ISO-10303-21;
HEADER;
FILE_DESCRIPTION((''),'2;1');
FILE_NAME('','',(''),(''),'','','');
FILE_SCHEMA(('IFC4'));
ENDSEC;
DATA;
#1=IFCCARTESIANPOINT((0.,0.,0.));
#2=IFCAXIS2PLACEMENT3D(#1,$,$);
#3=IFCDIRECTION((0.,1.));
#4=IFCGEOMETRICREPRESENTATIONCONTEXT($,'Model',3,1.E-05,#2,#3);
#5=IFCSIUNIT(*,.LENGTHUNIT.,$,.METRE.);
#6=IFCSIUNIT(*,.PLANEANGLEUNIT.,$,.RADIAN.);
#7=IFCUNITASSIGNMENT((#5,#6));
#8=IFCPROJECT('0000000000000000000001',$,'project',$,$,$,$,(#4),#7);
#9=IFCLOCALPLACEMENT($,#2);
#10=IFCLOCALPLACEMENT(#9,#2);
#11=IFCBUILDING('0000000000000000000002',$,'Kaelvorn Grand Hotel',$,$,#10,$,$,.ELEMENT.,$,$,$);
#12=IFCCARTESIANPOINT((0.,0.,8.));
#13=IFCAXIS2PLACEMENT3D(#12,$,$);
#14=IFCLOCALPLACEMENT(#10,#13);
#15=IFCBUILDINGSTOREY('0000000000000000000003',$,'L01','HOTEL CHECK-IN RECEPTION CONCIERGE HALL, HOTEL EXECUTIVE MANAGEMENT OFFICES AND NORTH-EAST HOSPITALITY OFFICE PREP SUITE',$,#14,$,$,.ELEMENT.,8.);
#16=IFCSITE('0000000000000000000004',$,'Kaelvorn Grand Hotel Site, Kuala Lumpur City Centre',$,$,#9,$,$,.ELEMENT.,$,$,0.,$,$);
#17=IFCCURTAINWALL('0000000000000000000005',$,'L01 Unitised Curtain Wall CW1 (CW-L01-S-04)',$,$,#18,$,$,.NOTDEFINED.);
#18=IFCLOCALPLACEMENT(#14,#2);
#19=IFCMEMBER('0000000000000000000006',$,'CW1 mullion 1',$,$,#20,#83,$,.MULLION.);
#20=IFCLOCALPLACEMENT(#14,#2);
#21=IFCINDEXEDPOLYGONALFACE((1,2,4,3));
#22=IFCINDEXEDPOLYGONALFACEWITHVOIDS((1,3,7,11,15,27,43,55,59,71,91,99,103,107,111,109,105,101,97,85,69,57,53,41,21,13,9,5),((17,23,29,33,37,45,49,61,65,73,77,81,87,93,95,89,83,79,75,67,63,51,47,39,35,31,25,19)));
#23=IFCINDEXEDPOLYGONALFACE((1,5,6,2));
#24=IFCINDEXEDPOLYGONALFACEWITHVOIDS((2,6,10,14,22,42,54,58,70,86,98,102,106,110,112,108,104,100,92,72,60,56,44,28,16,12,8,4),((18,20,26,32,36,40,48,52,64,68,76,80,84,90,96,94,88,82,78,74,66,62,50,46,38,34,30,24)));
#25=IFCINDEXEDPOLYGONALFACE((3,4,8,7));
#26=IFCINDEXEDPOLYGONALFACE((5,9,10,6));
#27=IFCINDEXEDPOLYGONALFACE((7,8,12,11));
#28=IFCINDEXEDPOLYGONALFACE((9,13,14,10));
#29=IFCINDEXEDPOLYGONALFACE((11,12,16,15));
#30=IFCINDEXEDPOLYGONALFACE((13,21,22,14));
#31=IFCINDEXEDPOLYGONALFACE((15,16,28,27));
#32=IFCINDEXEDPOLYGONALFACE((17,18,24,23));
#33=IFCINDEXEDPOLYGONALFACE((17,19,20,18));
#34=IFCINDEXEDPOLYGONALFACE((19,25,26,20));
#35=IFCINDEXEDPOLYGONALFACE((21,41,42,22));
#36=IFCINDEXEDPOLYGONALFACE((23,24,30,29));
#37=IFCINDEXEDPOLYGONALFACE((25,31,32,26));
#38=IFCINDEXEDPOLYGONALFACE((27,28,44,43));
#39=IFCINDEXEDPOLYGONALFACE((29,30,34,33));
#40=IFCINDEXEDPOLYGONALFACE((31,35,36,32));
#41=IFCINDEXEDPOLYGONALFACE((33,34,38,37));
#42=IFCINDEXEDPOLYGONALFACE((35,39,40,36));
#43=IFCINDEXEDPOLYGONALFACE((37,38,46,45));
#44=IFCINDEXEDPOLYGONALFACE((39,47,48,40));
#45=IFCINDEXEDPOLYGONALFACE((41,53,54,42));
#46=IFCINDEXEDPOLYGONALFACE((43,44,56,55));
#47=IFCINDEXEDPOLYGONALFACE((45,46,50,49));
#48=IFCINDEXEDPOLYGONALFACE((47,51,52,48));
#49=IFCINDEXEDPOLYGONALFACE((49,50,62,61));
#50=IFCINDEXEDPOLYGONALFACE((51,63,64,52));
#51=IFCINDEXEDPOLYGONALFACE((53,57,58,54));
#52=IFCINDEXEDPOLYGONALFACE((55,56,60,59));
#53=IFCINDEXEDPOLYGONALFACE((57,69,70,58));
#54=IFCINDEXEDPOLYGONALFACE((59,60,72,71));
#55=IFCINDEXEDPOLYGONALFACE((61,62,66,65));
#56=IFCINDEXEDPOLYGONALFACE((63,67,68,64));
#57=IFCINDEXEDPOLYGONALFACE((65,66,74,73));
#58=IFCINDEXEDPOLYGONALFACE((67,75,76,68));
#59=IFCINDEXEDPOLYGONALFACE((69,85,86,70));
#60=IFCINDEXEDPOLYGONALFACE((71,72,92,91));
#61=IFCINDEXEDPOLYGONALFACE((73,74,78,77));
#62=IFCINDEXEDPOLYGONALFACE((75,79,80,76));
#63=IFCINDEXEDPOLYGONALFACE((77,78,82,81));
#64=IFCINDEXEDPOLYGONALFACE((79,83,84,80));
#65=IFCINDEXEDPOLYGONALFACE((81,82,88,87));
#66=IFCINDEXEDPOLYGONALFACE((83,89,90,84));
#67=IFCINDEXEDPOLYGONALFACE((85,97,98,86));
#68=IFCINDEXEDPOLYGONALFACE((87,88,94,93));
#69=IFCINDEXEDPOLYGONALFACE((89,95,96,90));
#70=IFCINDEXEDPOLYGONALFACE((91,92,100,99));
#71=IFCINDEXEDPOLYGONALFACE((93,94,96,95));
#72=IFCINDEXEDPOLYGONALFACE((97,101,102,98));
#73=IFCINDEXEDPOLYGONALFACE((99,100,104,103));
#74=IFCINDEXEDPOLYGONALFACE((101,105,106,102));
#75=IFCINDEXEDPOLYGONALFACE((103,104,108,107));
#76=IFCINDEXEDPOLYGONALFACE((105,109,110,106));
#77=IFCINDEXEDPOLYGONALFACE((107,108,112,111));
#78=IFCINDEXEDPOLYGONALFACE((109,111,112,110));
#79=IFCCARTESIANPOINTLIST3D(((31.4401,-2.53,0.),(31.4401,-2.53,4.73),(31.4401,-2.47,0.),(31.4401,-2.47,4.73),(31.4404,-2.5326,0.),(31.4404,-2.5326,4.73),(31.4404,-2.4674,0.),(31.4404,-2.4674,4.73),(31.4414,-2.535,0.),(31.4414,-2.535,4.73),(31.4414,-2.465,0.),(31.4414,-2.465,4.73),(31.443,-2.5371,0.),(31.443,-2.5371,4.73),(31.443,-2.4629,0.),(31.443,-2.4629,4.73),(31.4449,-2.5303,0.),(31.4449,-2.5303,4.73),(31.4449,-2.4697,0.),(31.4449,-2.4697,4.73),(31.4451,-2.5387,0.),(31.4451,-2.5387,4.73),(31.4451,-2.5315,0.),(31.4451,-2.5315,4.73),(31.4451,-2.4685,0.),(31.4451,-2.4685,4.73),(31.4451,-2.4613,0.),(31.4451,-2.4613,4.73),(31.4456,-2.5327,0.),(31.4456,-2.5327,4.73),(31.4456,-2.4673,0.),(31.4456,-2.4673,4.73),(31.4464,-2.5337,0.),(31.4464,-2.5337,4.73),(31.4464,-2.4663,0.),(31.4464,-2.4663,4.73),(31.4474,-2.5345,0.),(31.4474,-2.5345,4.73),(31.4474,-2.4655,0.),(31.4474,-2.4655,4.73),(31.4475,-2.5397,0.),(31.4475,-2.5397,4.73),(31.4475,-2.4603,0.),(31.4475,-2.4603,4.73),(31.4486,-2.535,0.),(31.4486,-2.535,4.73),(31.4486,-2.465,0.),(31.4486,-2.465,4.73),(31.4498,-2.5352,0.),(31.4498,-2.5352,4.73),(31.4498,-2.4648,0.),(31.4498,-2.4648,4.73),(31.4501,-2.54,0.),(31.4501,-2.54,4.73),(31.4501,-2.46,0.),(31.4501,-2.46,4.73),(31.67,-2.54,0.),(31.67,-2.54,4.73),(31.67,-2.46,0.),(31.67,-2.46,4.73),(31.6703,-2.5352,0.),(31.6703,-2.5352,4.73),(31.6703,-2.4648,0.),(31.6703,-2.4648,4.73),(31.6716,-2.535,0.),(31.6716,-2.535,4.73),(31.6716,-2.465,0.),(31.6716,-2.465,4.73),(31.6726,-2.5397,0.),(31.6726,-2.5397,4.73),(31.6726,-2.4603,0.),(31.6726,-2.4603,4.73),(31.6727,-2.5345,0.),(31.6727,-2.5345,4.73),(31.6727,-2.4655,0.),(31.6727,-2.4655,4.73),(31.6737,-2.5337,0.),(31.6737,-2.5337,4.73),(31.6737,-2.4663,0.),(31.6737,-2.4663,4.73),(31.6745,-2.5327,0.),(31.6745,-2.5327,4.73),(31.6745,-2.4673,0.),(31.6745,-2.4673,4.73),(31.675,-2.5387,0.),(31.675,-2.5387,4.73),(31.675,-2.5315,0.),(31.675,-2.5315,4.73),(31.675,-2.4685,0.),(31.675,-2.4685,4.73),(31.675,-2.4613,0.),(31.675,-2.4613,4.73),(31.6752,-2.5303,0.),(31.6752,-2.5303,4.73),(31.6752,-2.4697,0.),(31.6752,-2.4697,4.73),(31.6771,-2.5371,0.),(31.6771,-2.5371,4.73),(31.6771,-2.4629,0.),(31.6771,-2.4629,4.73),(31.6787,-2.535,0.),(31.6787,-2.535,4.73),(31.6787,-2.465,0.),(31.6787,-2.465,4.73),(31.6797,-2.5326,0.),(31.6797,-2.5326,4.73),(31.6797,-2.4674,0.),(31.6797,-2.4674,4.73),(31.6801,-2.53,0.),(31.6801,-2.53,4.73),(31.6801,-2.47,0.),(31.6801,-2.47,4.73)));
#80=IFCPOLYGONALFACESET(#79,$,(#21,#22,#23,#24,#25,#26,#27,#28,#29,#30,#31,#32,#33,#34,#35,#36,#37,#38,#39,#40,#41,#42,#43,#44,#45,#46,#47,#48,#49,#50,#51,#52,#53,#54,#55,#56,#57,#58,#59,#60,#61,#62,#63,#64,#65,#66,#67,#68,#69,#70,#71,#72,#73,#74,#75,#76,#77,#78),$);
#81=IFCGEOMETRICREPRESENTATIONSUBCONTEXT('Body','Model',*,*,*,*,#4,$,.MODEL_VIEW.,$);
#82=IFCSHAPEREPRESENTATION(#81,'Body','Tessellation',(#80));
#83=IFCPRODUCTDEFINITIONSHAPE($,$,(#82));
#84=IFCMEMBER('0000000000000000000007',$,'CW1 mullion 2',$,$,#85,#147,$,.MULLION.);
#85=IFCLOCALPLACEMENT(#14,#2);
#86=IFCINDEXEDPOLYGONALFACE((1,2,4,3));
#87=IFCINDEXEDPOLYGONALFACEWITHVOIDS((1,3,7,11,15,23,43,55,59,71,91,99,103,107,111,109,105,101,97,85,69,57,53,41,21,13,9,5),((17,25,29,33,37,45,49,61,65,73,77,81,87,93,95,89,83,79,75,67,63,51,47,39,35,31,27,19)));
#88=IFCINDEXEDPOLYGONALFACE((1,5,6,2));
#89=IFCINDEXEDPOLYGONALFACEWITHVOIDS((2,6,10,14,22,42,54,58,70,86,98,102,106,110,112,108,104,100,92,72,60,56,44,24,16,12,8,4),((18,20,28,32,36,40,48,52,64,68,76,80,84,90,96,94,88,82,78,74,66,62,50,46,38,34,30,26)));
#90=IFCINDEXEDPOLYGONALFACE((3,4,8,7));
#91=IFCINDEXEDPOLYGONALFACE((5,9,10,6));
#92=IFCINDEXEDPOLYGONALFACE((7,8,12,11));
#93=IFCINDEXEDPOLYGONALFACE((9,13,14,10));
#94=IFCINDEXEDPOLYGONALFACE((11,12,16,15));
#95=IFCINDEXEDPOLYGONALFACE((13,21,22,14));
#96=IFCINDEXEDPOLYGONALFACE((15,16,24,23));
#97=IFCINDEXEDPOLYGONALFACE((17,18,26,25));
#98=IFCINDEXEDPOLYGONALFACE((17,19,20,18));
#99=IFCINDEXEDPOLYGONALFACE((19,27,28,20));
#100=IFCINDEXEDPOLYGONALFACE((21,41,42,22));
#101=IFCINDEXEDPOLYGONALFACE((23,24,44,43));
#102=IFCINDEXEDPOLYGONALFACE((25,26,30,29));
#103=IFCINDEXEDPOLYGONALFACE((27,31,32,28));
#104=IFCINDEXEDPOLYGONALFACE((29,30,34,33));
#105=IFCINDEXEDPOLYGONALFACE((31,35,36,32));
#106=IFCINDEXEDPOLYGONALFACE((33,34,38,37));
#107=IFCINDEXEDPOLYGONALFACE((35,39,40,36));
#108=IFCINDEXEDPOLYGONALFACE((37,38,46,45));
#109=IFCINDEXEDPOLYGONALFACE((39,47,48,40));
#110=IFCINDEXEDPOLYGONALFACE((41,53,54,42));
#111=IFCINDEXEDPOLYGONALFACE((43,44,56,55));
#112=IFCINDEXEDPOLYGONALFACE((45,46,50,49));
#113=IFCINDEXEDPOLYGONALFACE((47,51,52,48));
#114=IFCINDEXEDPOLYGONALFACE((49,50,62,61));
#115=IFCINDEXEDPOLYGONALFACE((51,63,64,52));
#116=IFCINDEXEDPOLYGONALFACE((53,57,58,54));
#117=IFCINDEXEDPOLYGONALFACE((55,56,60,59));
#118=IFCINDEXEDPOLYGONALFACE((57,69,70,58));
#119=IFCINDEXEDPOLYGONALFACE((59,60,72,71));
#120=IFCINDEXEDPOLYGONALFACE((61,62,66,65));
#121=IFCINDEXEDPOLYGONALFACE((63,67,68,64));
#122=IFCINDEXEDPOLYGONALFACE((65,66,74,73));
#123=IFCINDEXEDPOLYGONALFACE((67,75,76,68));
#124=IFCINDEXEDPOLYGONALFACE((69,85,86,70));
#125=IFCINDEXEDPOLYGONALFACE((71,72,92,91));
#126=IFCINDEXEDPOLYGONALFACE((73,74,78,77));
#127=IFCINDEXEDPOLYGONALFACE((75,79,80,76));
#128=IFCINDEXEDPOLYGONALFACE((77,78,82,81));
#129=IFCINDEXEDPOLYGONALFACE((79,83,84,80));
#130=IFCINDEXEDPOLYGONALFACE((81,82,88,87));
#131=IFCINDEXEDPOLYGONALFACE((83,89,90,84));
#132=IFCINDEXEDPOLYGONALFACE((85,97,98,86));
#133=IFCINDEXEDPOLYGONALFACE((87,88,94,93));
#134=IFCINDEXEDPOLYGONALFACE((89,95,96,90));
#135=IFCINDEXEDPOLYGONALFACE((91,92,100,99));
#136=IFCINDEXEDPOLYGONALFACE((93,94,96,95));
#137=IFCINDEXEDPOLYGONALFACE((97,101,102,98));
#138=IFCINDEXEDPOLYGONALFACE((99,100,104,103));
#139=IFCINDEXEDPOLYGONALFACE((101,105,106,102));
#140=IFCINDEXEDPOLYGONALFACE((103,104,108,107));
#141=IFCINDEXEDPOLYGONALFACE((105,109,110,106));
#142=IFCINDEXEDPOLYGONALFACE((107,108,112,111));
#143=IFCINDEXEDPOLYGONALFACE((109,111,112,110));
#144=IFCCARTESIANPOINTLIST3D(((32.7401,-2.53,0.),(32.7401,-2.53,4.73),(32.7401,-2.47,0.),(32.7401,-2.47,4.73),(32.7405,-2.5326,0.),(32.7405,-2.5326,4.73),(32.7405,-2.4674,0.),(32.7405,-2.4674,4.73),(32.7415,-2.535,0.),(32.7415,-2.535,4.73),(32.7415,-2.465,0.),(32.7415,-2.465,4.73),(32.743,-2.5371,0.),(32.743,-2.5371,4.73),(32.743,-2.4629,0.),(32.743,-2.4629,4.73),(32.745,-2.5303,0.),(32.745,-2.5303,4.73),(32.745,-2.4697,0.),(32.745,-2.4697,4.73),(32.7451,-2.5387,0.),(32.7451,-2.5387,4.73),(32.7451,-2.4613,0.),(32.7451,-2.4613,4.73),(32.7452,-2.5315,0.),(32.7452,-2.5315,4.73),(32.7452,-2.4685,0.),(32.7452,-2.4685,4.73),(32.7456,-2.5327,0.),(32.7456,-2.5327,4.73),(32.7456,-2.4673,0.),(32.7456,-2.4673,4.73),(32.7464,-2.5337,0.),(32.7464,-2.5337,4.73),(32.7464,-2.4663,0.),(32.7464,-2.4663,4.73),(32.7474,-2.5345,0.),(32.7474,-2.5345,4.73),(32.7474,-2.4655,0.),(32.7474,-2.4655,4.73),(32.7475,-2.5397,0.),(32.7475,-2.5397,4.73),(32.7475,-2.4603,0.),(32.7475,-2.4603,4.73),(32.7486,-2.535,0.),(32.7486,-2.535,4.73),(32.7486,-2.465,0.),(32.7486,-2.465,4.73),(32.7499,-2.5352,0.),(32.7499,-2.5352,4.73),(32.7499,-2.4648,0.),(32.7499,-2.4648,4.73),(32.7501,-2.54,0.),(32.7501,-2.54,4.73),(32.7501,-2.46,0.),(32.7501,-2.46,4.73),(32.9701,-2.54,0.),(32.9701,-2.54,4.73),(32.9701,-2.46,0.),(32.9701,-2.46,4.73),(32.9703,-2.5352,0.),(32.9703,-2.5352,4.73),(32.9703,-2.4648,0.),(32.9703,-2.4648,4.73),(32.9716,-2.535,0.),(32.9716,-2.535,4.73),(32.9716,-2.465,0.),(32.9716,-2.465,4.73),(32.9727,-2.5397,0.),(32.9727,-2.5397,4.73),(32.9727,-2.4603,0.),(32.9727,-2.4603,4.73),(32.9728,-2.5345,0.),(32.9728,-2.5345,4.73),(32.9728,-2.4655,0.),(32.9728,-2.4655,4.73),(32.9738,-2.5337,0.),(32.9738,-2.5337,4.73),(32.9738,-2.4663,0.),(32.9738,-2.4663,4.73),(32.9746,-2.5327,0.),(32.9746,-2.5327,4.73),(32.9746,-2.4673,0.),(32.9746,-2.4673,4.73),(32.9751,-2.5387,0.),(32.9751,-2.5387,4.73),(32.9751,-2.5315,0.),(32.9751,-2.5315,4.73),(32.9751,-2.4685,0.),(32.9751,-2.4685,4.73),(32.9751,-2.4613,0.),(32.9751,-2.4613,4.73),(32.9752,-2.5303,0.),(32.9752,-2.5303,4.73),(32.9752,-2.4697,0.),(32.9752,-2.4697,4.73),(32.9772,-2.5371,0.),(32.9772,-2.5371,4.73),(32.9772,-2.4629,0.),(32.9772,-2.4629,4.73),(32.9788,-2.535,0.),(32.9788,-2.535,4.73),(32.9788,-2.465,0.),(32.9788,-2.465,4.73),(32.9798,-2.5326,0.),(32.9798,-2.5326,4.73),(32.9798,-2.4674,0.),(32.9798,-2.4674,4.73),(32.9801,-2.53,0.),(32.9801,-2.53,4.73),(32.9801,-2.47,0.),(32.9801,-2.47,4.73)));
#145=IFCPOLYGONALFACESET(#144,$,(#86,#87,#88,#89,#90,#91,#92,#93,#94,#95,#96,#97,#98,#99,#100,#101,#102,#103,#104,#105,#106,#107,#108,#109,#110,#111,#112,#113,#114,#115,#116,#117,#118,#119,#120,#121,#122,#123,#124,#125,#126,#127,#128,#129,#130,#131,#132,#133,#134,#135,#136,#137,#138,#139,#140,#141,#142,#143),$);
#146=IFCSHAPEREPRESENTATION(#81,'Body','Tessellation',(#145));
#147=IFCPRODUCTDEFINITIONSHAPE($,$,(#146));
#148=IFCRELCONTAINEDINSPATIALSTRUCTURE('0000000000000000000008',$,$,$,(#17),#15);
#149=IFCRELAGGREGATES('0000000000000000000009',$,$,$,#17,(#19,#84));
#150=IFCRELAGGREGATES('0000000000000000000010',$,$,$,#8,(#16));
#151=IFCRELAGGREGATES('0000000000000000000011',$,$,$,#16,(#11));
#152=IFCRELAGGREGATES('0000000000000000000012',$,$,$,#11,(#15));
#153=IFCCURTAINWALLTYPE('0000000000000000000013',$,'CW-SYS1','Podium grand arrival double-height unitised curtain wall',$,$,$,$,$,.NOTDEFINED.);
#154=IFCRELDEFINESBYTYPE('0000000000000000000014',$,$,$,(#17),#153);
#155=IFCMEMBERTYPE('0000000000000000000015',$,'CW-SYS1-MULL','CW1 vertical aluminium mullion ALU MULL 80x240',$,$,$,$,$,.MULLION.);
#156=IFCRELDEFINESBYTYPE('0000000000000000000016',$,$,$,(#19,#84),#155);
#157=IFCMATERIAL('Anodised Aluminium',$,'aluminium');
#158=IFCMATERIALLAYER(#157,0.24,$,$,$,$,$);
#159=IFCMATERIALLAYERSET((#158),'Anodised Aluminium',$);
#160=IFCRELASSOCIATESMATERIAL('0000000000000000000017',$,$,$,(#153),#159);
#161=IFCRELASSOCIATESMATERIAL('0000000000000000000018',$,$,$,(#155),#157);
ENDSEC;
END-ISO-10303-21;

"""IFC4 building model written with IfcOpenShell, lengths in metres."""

from ifc_helpers import new_model, si_unit, direction, frame, origin, origin_2d, place, context, subcontext, project, spatial, hollow_rectangle, extrude, material, layer, layer_set, material_profile, profile_set, type_object, element, aggregate, save


model = new_model("IFC4")

# Units and contexts
model_context = context("Model", 3, precision=1e-05, world=origin(), true_north=direction((0.0, 1.0)))
body_context = subcontext(model_context, "Body", "Model", "MODEL_VIEW")
ifc_project = project(units=[si_unit("LENGTHUNIT", "METRE"), si_unit("PLANEANGLEUNIT", "RADIAN")], contexts=[model_context])

# Site, building, storey
site_placement = place(None, origin())
site = spatial("IfcSite", under=ifc_project, at=site_placement, Name="Kaelvorn Grand Hotel Site, Kuala Lumpur City Centre", CompositionType="ELEMENT", RefElevation=0.0)
building_placement = place(site_placement, origin())
building = spatial("IfcBuilding", under=site, at=building_placement, Name="Kaelvorn Grand Hotel", CompositionType="ELEMENT")
storey_placement = place(building_placement, frame((0.0, 0.0, 8.0)))
storey = spatial("IfcBuildingStorey", under=building, at=storey_placement, Name="L01", Description="HOTEL CHECK-IN RECEPTION CONCIERGE HALL, HOTEL EXECUTIVE MANAGEMENT OFFICES AND NORTH-EAST HOSPITALITY OFFICE PREP SUITE", CompositionType="ELEMENT", Elevation=8.0)

# Shared definitions
ifc_material_1 = material(Name="Anodised Aluminium", Category="aluminium")
ifc_layer_1 = layer(ifc_material_1, 0.24)
ifc_layer_set_1 = layer_set([ifc_layer_1], Name="Anodised Aluminium")
curtain_wall_type = type_object("IfcCurtainWallType", Name="CW-SYS1", Description="Podium grand arrival double-height unitised curtain wall", PredefinedType="NOTDEFINED", material=ifc_layer_set_1)
ifc_material_profile_1 = material_profile(ifc_material_1, hollow_rectangle(XDim=0.0801, YDim=0.24, WallThickness=0.0049, InnerFilletRadius=0.0049, OuterFilletRadius=0.01, at=origin_2d()), Name="ALU MULL 80x240")
ifc_profile_set_1 = profile_set([ifc_material_profile_1], Name="Anodised Aluminium")
member_type_1 = type_object("IfcMemberType", Name="CW-SYS1-MULL", Description="CW1 vertical aluminium mullion ALU MULL 80x240", PredefinedType="MULLION", material=ifc_profile_set_1)

# Curtain wall, members
curtain_wall_1_placement = place(storey_placement, origin())
curtain_wall_1 = element("IfcCurtainWall", 1, at=curtain_wall_1_placement, inside=storey, type_object=curtain_wall_type, Name="L01 Unitised Curtain Wall CW1 (CW-L01-S-04)", PredefinedType="NOTDEFINED")
member_1_placement = place(storey_placement, frame((31.5601, -2.5, 0.0), z_axis=(0.0, 0.0, 1.0), x_axis=(0.0, 1.0, 0.0)))
member_1 = element("IfcMember", 2, at=member_1_placement, type_object=member_type_1, Name="CW1 mullion 1", PredefinedType="MULLION", context=body_context, shape_type="SweptSolid", body=[
    extrude(hollow_rectangle(XDim=0.0801, YDim=0.24, WallThickness=0.0049, InnerFilletRadius=0.0049, OuterFilletRadius=0.01, at=origin_2d()), origin(), (0.0, 0.0, 1.0), 4.73),
])
member_2_placement = place(storey_placement, frame((32.8601, -2.5, 0.0), z_axis=(0.0, 0.0, 1.0), x_axis=(0.0, 1.0, 0.0)))
member_2 = element("IfcMember", 3, at=member_2_placement, type_object=member_type_1, Name="CW1 mullion 2", PredefinedType="MULLION", context=body_context, shape_type="SweptSolid", body=[
    extrude(hollow_rectangle(XDim=0.0801, YDim=0.24, WallThickness=0.0049, InnerFilletRadius=0.0049, OuterFilletRadius=0.01, at=origin_2d()), origin(), (0.0, 0.0, 1.0), 4.73),
])

aggregate(curtain_wall_1, [member_1, member_2])

save(model, "model.ifc")
